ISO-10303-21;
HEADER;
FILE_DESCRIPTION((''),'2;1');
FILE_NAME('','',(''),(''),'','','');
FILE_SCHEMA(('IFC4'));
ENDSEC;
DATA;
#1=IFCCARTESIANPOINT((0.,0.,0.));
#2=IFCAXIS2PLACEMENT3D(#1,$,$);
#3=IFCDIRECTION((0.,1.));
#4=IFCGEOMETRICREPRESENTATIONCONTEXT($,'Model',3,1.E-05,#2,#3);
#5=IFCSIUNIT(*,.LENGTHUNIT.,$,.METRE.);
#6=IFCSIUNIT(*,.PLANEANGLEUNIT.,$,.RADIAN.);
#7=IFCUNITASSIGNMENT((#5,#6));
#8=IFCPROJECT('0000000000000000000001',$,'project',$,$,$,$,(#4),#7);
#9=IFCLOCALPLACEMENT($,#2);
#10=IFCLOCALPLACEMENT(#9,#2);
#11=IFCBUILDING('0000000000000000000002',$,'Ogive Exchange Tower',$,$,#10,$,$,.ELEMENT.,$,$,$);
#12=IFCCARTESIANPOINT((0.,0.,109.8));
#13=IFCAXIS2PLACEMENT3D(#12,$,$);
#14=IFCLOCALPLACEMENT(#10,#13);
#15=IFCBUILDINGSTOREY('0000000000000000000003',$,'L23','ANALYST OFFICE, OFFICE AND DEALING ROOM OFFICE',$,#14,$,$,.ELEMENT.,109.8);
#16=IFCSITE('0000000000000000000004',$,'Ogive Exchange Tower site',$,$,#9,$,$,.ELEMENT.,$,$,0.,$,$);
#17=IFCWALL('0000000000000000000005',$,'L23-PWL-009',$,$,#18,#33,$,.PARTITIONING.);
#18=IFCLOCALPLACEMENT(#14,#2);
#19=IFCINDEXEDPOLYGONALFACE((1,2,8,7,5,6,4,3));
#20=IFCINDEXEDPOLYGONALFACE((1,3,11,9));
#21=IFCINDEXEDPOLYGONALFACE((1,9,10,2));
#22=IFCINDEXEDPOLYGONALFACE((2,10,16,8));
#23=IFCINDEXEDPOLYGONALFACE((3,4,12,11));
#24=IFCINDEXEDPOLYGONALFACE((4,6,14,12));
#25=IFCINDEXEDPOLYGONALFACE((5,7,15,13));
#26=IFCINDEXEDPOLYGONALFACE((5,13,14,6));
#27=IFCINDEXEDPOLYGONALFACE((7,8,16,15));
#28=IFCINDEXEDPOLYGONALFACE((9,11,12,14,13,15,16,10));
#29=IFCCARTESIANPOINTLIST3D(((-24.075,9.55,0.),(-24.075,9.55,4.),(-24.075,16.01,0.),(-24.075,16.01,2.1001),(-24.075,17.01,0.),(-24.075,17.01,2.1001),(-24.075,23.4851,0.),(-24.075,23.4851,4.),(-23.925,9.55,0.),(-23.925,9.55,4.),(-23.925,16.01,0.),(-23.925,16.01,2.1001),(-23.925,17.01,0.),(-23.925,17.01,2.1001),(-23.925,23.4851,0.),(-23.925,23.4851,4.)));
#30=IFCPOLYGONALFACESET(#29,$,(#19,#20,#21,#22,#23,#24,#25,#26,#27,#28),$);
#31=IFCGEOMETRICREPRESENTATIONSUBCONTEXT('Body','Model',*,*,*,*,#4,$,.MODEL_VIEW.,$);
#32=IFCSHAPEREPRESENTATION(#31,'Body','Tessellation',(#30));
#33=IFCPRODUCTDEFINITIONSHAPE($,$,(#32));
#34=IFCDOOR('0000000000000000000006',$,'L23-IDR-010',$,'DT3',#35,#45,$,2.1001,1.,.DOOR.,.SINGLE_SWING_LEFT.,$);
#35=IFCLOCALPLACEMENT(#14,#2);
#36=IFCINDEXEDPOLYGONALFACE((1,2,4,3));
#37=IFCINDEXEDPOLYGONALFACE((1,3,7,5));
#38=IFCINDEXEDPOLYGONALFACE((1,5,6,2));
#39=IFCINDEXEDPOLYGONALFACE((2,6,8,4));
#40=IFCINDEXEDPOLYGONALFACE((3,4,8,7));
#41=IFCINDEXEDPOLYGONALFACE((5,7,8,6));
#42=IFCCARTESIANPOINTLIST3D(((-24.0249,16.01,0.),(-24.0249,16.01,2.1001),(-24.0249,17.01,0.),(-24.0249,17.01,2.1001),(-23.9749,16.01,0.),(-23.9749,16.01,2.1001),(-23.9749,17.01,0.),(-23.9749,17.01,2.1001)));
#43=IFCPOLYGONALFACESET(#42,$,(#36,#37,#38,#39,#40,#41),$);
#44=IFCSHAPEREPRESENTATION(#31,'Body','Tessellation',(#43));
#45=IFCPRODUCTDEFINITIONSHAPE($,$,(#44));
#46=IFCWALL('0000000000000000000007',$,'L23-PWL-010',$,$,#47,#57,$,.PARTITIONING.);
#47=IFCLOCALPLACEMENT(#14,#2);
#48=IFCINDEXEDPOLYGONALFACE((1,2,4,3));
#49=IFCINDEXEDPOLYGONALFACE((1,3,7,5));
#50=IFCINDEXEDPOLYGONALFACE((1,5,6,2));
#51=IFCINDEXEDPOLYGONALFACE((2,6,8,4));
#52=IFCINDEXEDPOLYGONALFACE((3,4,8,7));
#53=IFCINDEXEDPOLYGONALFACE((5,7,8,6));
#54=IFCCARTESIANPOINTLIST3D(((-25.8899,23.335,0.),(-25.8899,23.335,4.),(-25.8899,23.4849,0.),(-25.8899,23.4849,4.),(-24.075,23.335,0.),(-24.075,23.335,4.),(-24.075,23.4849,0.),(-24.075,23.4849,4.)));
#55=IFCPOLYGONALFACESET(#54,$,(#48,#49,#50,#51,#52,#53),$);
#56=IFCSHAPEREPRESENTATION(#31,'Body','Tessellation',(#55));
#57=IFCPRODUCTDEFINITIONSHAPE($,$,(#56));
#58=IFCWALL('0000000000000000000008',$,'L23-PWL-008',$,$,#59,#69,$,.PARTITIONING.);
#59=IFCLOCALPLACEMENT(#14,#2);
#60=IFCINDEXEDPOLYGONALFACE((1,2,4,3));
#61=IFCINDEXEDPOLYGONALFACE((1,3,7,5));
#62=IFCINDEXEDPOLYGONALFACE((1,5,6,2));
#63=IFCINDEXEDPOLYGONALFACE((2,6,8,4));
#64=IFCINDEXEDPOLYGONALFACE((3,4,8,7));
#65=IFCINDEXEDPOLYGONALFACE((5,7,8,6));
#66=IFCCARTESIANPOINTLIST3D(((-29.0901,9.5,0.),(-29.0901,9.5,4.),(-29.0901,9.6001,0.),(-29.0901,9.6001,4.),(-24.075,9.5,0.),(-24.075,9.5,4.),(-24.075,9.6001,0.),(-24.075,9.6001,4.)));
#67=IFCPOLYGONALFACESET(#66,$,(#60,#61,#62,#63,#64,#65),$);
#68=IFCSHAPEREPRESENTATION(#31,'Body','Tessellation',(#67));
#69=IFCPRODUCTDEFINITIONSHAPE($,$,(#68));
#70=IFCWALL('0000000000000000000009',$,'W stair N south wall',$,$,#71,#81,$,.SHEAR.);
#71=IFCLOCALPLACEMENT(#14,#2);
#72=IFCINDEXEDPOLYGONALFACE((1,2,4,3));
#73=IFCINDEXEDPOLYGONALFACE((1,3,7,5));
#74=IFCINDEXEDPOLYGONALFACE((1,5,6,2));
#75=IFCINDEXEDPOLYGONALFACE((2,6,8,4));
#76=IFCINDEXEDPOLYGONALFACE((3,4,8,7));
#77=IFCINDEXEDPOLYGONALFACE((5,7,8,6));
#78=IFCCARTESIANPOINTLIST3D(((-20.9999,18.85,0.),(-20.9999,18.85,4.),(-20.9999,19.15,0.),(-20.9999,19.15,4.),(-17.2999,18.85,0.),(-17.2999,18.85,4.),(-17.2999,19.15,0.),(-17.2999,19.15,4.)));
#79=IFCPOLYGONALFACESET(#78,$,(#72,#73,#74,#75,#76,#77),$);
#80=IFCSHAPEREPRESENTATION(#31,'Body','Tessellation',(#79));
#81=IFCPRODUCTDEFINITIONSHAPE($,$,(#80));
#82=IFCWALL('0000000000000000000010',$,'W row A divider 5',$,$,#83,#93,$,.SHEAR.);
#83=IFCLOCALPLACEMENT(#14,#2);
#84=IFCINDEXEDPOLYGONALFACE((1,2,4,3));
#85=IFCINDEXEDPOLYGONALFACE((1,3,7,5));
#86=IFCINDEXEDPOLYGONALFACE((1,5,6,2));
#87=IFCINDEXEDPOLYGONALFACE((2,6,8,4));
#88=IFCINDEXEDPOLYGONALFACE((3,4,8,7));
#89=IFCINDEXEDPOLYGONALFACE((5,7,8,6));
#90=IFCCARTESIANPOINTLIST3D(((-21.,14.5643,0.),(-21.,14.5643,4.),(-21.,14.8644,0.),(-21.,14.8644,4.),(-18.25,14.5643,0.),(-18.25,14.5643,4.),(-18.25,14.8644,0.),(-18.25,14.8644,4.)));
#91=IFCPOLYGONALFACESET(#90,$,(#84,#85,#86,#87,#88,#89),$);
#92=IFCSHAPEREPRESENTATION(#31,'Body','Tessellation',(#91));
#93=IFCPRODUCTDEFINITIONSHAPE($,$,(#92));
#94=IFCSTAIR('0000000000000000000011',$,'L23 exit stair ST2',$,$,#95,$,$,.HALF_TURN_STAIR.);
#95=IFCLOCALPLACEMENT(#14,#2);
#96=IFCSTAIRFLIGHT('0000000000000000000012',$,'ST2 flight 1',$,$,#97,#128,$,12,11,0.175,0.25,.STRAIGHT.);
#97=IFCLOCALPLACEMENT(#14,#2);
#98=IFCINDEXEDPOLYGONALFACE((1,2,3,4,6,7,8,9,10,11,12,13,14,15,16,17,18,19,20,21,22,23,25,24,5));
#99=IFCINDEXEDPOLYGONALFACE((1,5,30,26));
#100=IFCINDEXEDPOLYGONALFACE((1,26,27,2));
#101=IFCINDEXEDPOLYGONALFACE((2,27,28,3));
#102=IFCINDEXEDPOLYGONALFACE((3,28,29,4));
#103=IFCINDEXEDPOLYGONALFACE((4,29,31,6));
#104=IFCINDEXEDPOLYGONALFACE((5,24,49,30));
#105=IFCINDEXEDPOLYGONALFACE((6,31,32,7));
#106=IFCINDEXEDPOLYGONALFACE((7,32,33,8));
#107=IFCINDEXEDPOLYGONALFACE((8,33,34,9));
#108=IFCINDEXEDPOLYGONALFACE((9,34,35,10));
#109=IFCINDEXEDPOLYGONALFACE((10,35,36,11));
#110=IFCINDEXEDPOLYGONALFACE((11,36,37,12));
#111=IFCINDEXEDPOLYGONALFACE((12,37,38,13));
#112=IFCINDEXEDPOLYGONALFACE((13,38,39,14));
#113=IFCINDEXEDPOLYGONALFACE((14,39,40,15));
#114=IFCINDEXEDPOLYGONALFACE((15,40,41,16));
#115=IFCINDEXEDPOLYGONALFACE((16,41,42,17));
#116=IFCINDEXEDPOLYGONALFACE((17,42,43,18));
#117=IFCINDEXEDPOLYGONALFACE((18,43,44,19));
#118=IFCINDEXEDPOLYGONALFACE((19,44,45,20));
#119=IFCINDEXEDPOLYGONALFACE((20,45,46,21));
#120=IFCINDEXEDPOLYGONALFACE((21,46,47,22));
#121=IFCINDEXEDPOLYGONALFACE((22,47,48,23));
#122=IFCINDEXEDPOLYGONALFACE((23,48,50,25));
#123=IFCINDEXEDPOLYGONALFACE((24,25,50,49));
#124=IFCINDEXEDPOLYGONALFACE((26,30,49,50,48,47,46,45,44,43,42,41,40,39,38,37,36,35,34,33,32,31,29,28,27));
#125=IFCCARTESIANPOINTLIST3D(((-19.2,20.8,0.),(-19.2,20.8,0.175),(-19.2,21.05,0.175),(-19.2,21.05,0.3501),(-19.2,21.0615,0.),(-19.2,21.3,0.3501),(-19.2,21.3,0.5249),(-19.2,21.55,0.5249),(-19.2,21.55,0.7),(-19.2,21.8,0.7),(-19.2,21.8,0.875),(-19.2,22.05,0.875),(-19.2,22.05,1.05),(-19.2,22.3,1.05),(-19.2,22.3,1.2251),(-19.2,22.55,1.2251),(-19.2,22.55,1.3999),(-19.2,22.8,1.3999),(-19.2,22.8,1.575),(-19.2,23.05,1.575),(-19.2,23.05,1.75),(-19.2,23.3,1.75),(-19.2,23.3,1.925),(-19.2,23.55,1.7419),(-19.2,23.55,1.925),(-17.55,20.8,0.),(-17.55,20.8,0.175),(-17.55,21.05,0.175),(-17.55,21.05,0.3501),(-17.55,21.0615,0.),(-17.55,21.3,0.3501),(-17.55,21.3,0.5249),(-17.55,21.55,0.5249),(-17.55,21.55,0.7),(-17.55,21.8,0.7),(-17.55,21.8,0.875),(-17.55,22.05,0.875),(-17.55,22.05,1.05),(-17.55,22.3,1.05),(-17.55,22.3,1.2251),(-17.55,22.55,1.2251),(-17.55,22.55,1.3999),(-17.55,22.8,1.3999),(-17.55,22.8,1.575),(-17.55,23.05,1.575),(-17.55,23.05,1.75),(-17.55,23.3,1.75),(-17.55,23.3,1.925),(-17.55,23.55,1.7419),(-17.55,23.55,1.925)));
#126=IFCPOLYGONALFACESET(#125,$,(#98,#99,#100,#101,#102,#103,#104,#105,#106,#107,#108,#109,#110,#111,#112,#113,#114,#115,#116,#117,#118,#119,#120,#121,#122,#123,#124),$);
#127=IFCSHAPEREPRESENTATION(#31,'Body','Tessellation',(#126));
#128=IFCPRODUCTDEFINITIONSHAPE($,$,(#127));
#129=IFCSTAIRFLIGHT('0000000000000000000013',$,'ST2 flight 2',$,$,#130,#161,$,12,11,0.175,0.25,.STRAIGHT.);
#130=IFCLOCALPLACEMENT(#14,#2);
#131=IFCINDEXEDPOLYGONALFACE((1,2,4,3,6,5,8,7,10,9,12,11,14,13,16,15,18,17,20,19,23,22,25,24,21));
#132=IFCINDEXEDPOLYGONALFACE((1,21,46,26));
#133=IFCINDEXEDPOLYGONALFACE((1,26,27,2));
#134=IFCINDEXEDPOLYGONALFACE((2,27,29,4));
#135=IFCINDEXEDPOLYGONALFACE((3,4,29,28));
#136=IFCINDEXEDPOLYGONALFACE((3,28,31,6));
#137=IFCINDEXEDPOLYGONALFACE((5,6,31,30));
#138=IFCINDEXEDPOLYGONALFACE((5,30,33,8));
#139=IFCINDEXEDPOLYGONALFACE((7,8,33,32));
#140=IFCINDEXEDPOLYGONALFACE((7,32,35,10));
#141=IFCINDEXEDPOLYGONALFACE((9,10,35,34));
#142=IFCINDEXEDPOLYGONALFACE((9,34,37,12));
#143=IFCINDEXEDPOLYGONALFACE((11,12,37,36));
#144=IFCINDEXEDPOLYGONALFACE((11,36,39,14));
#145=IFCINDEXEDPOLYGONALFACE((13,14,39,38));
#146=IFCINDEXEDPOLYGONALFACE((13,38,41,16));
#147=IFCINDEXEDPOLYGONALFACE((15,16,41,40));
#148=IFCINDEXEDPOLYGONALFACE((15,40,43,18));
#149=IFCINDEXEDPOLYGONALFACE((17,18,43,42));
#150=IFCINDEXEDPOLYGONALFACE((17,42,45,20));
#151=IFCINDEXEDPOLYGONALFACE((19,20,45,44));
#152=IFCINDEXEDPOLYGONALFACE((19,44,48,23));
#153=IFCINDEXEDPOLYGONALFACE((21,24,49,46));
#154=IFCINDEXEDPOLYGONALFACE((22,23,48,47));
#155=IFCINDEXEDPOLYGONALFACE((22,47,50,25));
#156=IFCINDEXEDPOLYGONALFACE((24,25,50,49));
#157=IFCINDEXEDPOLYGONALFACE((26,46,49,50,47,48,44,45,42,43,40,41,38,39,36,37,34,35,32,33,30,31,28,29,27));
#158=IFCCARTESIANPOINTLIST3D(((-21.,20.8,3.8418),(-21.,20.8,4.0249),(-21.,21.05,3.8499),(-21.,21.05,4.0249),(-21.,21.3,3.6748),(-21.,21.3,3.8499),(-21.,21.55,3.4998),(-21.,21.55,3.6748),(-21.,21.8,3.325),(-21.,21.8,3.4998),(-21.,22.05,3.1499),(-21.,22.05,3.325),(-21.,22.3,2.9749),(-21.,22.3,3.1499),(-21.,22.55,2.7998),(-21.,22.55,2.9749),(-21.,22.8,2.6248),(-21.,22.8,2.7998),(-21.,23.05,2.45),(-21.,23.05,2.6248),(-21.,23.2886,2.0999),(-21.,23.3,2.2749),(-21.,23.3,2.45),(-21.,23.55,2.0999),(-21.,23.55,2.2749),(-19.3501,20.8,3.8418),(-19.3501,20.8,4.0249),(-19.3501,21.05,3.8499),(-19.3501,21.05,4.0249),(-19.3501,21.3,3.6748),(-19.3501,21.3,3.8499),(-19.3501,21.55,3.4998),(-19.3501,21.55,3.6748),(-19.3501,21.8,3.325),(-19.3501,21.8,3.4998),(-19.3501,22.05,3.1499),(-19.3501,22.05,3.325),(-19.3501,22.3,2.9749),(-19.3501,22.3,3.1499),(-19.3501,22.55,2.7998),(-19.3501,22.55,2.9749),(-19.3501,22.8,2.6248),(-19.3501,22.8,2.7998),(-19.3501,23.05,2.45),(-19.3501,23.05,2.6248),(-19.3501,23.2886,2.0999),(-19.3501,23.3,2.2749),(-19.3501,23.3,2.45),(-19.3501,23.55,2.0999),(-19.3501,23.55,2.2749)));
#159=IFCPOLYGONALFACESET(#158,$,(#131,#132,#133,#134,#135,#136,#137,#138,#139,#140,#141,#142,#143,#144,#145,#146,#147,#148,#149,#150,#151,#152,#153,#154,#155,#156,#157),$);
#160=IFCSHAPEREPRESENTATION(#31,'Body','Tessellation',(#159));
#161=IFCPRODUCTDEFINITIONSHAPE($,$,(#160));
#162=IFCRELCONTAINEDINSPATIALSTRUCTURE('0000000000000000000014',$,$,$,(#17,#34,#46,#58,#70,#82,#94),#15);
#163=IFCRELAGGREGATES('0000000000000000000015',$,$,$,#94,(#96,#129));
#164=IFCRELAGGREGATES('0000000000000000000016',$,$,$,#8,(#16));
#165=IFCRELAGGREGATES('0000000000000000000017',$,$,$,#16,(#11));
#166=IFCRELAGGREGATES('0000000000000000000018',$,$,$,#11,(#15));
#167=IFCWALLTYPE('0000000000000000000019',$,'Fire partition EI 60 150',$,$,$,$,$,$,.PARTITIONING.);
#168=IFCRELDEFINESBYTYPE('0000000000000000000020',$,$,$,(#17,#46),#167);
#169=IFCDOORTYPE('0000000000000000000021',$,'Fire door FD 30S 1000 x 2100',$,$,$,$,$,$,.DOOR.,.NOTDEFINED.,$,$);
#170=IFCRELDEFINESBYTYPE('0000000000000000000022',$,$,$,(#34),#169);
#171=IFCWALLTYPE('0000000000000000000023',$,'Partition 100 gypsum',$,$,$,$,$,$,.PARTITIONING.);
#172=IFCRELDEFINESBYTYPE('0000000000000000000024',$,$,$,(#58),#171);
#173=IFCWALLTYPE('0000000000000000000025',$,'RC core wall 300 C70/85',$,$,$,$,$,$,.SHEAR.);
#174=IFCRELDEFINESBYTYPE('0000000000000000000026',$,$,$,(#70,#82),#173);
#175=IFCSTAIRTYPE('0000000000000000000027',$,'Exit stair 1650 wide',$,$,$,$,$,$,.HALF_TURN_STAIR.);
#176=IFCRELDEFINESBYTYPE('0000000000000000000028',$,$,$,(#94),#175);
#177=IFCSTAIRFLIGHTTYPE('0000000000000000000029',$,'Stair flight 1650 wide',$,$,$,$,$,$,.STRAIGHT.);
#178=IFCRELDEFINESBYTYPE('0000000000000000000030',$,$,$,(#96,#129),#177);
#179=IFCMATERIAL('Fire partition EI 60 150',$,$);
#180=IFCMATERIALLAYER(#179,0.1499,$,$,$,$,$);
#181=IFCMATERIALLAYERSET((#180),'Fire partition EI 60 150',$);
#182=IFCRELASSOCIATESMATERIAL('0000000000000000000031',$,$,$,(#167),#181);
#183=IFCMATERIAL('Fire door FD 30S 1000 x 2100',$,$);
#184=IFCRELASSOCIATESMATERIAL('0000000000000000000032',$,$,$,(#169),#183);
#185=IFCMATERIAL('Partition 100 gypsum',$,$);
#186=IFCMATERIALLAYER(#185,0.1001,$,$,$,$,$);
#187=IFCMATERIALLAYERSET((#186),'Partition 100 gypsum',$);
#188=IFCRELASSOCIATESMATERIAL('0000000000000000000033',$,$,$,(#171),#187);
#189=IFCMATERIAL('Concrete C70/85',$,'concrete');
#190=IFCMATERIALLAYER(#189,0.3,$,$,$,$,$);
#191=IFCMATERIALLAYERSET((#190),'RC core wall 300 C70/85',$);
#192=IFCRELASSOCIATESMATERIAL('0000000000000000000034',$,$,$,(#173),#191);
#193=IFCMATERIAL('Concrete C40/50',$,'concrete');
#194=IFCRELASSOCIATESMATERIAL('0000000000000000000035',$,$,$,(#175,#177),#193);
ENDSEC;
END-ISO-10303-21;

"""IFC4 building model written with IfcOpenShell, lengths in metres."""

from ifc_helpers import new_model, si_unit, direction, frame, frame_2d, origin, place, context, subcontext, project, spatial, polyline, rectangle, outline, extrude, material, layer, layer_set, type_object, element, fill, aggregate, save


model = new_model("IFC4")

# Units and contexts
model_context = context("Model", 3, precision=1e-05, world=origin(), true_north=direction((0.0, 1.0)))
body_context = subcontext(model_context, "Body", "Model", "MODEL_VIEW")
ifc_project = project(units=[si_unit("LENGTHUNIT", "METRE"), si_unit("PLANEANGLEUNIT", "RADIAN")], contexts=[model_context])

# Site, building, storey
site_placement = place(None, origin())
site = spatial("IfcSite", under=ifc_project, at=site_placement, Name="Ogive Exchange Tower site", CompositionType="ELEMENT", RefElevation=0.0)
building_placement = place(site_placement, origin())
building = spatial("IfcBuilding", under=site, at=building_placement, Name="Ogive Exchange Tower", CompositionType="ELEMENT")
storey_placement = place(building_placement, frame((0.0, 0.0, 109.8)))
storey = spatial("IfcBuildingStorey", under=building, at=storey_placement, Name="L23", Description="ANALYST OFFICE, OFFICE AND DEALING ROOM OFFICE", CompositionType="ELEMENT", Elevation=109.8)

# Wall, opening, door
ifc_material_1 = material(Name="Fire partition EI 60 150")
ifc_layer_1 = layer(ifc_material_1, 0.1499)
ifc_layer_set_1 = layer_set([ifc_layer_1], Name="Fire partition EI 60 150")
wall_type_1 = type_object("IfcWallType", Name="Fire partition EI 60 150", PredefinedType="PARTITIONING", material=ifc_layer_set_1)
wall_1_placement = place(storey_placement, frame((-24.0, 9.55, 0.0), z_axis=(0.0, 0.0, 1.0), x_axis=(0.0, 1.0, 0.0)))
wall_1 = element("IfcWall", 1, at=wall_1_placement, inside=storey, type_object=wall_type_1, Name="L23-PWL-009", PredefinedType="PARTITIONING", context=body_context, shape_type="SweptSolid", body=[
    extrude(rectangle(XDim=13.9351, YDim=0.1499, at=frame_2d((6.9675, 0.0))), origin(), (0.0, 0.0, 1.0), 4.0),
])
opening_placement = place(wall_1_placement, frame((6.46, 0.0, 0.0)))
opening = element("IfcOpeningElement", 2, at=opening_placement, cuts=wall_1, PredefinedType="OPENING", context=body_context, shape_type="SweptSolid", body=[
    extrude(rectangle(XDim=1.0, YDim=2.1001, at=frame_2d((0.5, 1.05))), frame((0.0, 0.085, 0.0), z_axis=(0.0, -1.0, 0.0), x_axis=(1.0, 0.0, 0.0)), (0.0, 0.0, 1.0), 0.1699),
])
ifc_material_2 = material(Name="Fire door FD 30S 1000 x 2100")
door_type = type_object("IfcDoorType", Name="Fire door FD 30S 1000 x 2100", OperationType="NOTDEFINED", PredefinedType="DOOR", material=ifc_material_2)
door_placement = place(opening_placement, origin())
door = element("IfcDoor", 3, at=door_placement, inside=storey, type_object=door_type, Name="L23-IDR-010", ObjectType="DT3", OperationType="SINGLE_SWING_LEFT", OverallHeight=2.1001, OverallWidth=1.0, PredefinedType="DOOR", context=body_context, shape_type="SweptSolid", body=[
    extrude(rectangle(XDim=1.0, YDim=2.1001, at=frame_2d((0.5, 1.05))), frame((0.0, 0.0249, 0.0), z_axis=(0.0, -1.0, 0.0), x_axis=(1.0, 0.0, 0.0)), (0.0, 0.0, 1.0), 0.05),
])
fill(opening, door)

# Walls
wall_2_placement = place(storey_placement, frame((-24.075, 23.4099, 0.0), z_axis=(0.0, 0.0, 1.0), x_axis=(-1.0, 0.0, 0.0)))
element("IfcWall", 4, at=wall_2_placement, inside=storey, type_object=wall_type_1, Name="L23-PWL-010", PredefinedType="PARTITIONING", context=body_context, shape_type="SweptSolid", body=[
    extrude(rectangle(XDim=1.8149, YDim=0.1499, at=frame_2d((0.9075, 0.0))), origin(), (0.0, 0.0, 1.0), 4.0),
])
ifc_material_3 = material(Name="Partition 100 gypsum")
ifc_layer_2 = layer(ifc_material_3, 0.1001)
ifc_layer_set_2 = layer_set([ifc_layer_2], Name="Partition 100 gypsum")
wall_type_2 = type_object("IfcWallType", Name="Partition 100 gypsum", PredefinedType="PARTITIONING", material=ifc_layer_set_2)
wall_3_placement = place(storey_placement, frame((-24.075, 9.55, 0.0), z_axis=(0.0, 0.0, 1.0), x_axis=(-1.0, 0.0, 0.0)))
element("IfcWall", 5, at=wall_3_placement, inside=storey, type_object=wall_type_2, Name="L23-PWL-008", PredefinedType="PARTITIONING", context=body_context, shape_type="SweptSolid", body=[
    extrude(rectangle(XDim=5.0151, YDim=0.1001, at=frame_2d((2.5076, 0.0))), origin(), (0.0, 0.0, 1.0), 4.0),
])
ifc_material_4 = material(Name="Concrete C70/85", Category="concrete")
ifc_layer_3 = layer(ifc_material_4, 0.3)
ifc_layer_set_3 = layer_set([ifc_layer_3], Name="RC core wall 300 C70/85")
wall_type_3 = type_object("IfcWallType", Name="RC core wall 300 C70/85", PredefinedType="SHEAR", material=ifc_layer_set_3)
wall_4_placement = place(storey_placement, frame((-21.0, 19.0, 0.0), z_axis=(0.0, 0.0, 1.0), x_axis=(1.0, 0.0, 0.0)))
element("IfcWall", 6, at=wall_4_placement, inside=storey, type_object=wall_type_3, Name="W stair N south wall", PredefinedType="SHEAR", context=body_context, shape_type="SweptSolid", body=[
    extrude(rectangle(XDim=3.7, YDim=0.3, at=frame_2d((1.8501, 0.0))), origin(), (0.0, 0.0, 1.0), 4.0),
])
wall_5_placement = place(storey_placement, frame((-21.0, 14.7144, 0.0), z_axis=(0.0, 0.0, 1.0), x_axis=(1.0, 0.0, 0.0)))
element("IfcWall", 7, at=wall_5_placement, inside=storey, type_object=wall_type_3, Name="W row A divider 5", PredefinedType="SHEAR", context=body_context, shape_type="SweptSolid", body=[
    extrude(rectangle(XDim=2.75, YDim=0.3, at=frame_2d((1.375, 0.0))), origin(), (0.0, 0.0, 1.0), 4.0),
])

# Stair, stair flights
ifc_material_5 = material(Name="Concrete C40/50", Category="concrete")
stair_type = type_object("IfcStairType", Name="Exit stair 1650 wide", PredefinedType="HALF_TURN_STAIR", material=ifc_material_5)
stair_placement = place(storey_placement, origin())
stair = element("IfcStair", 8, at=stair_placement, inside=storey, type_object=stair_type, Name="L23 exit stair ST2", PredefinedType="HALF_TURN_STAIR")
stair_flight_type = type_object("IfcStairFlightType", Name="Stair flight 1650 wide", PredefinedType="STRAIGHT", material=ifc_material_5)
stair_flight_1_placement = place(storey_placement, frame((-18.375, 20.8, 0.0), z_axis=(0.0, 0.0, 1.0), x_axis=(0.0, 1.0, 0.0)))
stair_flight_1 = element("IfcStairFlight", 9, at=stair_flight_1_placement, type_object=stair_flight_type, Name="ST2 flight 1", NumberOfRisers=12, NumberOfTreads=11, PredefinedType="STRAIGHT", RiserHeight=0.175, TreadLength=0.25, context=body_context, shape_type="SweptSolid", body=[
    extrude(outline(polyline([(0.0, 0.0), (0.0, 0.175), (0.25, 0.175), (0.25, 0.3501), (0.5, 0.3501), (0.5, 0.5249), (0.75, 0.5249), (0.75, 0.7), (1.0, 0.7), (1.0, 0.875), (1.25, 0.875), (1.25, 1.05), (1.5, 1.05), (1.5, 1.2251), (1.75, 1.2251), (1.75, 1.3999), (2.0, 1.3999), (2.0, 1.575), (2.25, 1.575), (2.25, 1.75), (2.5, 1.75), (2.5, 1.925), (2.75, 1.925), (2.75, 2.1001), (2.75, 1.7419), (0.2615, 0.0), (0.0, 0.0)])), frame((0.0, 0.825, 0.0), z_axis=(0.0, -1.0, 0.0), x_axis=(1.0, 0.0, 0.0)), (0.0, 0.0, 1.0), 1.6499),
])
stair_flight_2_placement = place(storey_placement, frame((-20.175, 23.55, 2.0999), z_axis=(0.0, 0.0, 1.0), x_axis=(0.0, -1.0, 0.0)))
stair_flight_2 = element("IfcStairFlight", 10, at=stair_flight_2_placement, type_object=stair_flight_type, Name="ST2 flight 2", NumberOfRisers=12, NumberOfTreads=11, PredefinedType="STRAIGHT", RiserHeight=0.175, TreadLength=0.25, context=body_context, shape_type="SweptSolid", body=[
    extrude(outline(polyline([(0.0, 0.0), (0.0, 0.175), (0.25, 0.175), (0.25, 0.3501), (0.5, 0.3501), (0.5, 0.5249), (0.75, 0.5249), (0.75, 0.7), (1.0, 0.7), (1.0, 0.875), (1.25, 0.875), (1.25, 1.05), (1.5, 1.05), (1.5, 1.2251), (1.75, 1.2251), (1.75, 1.3999), (2.0, 1.3999), (2.0, 1.575), (2.25, 1.575), (2.25, 1.75), (2.5, 1.75), (2.5, 1.925), (2.75, 1.925), (2.75, 2.1001), (2.75, 1.7419), (0.2615, 0.0), (0.0, 0.0)])), frame((0.0, 0.825, 0.0), z_axis=(0.0, -1.0, 0.0), x_axis=(1.0, 0.0, 0.0)), (0.0, 0.0, 1.0), 1.6499),
])
aggregate(stair, [stair_flight_1, stair_flight_2])

save(model, "model.ifc")
